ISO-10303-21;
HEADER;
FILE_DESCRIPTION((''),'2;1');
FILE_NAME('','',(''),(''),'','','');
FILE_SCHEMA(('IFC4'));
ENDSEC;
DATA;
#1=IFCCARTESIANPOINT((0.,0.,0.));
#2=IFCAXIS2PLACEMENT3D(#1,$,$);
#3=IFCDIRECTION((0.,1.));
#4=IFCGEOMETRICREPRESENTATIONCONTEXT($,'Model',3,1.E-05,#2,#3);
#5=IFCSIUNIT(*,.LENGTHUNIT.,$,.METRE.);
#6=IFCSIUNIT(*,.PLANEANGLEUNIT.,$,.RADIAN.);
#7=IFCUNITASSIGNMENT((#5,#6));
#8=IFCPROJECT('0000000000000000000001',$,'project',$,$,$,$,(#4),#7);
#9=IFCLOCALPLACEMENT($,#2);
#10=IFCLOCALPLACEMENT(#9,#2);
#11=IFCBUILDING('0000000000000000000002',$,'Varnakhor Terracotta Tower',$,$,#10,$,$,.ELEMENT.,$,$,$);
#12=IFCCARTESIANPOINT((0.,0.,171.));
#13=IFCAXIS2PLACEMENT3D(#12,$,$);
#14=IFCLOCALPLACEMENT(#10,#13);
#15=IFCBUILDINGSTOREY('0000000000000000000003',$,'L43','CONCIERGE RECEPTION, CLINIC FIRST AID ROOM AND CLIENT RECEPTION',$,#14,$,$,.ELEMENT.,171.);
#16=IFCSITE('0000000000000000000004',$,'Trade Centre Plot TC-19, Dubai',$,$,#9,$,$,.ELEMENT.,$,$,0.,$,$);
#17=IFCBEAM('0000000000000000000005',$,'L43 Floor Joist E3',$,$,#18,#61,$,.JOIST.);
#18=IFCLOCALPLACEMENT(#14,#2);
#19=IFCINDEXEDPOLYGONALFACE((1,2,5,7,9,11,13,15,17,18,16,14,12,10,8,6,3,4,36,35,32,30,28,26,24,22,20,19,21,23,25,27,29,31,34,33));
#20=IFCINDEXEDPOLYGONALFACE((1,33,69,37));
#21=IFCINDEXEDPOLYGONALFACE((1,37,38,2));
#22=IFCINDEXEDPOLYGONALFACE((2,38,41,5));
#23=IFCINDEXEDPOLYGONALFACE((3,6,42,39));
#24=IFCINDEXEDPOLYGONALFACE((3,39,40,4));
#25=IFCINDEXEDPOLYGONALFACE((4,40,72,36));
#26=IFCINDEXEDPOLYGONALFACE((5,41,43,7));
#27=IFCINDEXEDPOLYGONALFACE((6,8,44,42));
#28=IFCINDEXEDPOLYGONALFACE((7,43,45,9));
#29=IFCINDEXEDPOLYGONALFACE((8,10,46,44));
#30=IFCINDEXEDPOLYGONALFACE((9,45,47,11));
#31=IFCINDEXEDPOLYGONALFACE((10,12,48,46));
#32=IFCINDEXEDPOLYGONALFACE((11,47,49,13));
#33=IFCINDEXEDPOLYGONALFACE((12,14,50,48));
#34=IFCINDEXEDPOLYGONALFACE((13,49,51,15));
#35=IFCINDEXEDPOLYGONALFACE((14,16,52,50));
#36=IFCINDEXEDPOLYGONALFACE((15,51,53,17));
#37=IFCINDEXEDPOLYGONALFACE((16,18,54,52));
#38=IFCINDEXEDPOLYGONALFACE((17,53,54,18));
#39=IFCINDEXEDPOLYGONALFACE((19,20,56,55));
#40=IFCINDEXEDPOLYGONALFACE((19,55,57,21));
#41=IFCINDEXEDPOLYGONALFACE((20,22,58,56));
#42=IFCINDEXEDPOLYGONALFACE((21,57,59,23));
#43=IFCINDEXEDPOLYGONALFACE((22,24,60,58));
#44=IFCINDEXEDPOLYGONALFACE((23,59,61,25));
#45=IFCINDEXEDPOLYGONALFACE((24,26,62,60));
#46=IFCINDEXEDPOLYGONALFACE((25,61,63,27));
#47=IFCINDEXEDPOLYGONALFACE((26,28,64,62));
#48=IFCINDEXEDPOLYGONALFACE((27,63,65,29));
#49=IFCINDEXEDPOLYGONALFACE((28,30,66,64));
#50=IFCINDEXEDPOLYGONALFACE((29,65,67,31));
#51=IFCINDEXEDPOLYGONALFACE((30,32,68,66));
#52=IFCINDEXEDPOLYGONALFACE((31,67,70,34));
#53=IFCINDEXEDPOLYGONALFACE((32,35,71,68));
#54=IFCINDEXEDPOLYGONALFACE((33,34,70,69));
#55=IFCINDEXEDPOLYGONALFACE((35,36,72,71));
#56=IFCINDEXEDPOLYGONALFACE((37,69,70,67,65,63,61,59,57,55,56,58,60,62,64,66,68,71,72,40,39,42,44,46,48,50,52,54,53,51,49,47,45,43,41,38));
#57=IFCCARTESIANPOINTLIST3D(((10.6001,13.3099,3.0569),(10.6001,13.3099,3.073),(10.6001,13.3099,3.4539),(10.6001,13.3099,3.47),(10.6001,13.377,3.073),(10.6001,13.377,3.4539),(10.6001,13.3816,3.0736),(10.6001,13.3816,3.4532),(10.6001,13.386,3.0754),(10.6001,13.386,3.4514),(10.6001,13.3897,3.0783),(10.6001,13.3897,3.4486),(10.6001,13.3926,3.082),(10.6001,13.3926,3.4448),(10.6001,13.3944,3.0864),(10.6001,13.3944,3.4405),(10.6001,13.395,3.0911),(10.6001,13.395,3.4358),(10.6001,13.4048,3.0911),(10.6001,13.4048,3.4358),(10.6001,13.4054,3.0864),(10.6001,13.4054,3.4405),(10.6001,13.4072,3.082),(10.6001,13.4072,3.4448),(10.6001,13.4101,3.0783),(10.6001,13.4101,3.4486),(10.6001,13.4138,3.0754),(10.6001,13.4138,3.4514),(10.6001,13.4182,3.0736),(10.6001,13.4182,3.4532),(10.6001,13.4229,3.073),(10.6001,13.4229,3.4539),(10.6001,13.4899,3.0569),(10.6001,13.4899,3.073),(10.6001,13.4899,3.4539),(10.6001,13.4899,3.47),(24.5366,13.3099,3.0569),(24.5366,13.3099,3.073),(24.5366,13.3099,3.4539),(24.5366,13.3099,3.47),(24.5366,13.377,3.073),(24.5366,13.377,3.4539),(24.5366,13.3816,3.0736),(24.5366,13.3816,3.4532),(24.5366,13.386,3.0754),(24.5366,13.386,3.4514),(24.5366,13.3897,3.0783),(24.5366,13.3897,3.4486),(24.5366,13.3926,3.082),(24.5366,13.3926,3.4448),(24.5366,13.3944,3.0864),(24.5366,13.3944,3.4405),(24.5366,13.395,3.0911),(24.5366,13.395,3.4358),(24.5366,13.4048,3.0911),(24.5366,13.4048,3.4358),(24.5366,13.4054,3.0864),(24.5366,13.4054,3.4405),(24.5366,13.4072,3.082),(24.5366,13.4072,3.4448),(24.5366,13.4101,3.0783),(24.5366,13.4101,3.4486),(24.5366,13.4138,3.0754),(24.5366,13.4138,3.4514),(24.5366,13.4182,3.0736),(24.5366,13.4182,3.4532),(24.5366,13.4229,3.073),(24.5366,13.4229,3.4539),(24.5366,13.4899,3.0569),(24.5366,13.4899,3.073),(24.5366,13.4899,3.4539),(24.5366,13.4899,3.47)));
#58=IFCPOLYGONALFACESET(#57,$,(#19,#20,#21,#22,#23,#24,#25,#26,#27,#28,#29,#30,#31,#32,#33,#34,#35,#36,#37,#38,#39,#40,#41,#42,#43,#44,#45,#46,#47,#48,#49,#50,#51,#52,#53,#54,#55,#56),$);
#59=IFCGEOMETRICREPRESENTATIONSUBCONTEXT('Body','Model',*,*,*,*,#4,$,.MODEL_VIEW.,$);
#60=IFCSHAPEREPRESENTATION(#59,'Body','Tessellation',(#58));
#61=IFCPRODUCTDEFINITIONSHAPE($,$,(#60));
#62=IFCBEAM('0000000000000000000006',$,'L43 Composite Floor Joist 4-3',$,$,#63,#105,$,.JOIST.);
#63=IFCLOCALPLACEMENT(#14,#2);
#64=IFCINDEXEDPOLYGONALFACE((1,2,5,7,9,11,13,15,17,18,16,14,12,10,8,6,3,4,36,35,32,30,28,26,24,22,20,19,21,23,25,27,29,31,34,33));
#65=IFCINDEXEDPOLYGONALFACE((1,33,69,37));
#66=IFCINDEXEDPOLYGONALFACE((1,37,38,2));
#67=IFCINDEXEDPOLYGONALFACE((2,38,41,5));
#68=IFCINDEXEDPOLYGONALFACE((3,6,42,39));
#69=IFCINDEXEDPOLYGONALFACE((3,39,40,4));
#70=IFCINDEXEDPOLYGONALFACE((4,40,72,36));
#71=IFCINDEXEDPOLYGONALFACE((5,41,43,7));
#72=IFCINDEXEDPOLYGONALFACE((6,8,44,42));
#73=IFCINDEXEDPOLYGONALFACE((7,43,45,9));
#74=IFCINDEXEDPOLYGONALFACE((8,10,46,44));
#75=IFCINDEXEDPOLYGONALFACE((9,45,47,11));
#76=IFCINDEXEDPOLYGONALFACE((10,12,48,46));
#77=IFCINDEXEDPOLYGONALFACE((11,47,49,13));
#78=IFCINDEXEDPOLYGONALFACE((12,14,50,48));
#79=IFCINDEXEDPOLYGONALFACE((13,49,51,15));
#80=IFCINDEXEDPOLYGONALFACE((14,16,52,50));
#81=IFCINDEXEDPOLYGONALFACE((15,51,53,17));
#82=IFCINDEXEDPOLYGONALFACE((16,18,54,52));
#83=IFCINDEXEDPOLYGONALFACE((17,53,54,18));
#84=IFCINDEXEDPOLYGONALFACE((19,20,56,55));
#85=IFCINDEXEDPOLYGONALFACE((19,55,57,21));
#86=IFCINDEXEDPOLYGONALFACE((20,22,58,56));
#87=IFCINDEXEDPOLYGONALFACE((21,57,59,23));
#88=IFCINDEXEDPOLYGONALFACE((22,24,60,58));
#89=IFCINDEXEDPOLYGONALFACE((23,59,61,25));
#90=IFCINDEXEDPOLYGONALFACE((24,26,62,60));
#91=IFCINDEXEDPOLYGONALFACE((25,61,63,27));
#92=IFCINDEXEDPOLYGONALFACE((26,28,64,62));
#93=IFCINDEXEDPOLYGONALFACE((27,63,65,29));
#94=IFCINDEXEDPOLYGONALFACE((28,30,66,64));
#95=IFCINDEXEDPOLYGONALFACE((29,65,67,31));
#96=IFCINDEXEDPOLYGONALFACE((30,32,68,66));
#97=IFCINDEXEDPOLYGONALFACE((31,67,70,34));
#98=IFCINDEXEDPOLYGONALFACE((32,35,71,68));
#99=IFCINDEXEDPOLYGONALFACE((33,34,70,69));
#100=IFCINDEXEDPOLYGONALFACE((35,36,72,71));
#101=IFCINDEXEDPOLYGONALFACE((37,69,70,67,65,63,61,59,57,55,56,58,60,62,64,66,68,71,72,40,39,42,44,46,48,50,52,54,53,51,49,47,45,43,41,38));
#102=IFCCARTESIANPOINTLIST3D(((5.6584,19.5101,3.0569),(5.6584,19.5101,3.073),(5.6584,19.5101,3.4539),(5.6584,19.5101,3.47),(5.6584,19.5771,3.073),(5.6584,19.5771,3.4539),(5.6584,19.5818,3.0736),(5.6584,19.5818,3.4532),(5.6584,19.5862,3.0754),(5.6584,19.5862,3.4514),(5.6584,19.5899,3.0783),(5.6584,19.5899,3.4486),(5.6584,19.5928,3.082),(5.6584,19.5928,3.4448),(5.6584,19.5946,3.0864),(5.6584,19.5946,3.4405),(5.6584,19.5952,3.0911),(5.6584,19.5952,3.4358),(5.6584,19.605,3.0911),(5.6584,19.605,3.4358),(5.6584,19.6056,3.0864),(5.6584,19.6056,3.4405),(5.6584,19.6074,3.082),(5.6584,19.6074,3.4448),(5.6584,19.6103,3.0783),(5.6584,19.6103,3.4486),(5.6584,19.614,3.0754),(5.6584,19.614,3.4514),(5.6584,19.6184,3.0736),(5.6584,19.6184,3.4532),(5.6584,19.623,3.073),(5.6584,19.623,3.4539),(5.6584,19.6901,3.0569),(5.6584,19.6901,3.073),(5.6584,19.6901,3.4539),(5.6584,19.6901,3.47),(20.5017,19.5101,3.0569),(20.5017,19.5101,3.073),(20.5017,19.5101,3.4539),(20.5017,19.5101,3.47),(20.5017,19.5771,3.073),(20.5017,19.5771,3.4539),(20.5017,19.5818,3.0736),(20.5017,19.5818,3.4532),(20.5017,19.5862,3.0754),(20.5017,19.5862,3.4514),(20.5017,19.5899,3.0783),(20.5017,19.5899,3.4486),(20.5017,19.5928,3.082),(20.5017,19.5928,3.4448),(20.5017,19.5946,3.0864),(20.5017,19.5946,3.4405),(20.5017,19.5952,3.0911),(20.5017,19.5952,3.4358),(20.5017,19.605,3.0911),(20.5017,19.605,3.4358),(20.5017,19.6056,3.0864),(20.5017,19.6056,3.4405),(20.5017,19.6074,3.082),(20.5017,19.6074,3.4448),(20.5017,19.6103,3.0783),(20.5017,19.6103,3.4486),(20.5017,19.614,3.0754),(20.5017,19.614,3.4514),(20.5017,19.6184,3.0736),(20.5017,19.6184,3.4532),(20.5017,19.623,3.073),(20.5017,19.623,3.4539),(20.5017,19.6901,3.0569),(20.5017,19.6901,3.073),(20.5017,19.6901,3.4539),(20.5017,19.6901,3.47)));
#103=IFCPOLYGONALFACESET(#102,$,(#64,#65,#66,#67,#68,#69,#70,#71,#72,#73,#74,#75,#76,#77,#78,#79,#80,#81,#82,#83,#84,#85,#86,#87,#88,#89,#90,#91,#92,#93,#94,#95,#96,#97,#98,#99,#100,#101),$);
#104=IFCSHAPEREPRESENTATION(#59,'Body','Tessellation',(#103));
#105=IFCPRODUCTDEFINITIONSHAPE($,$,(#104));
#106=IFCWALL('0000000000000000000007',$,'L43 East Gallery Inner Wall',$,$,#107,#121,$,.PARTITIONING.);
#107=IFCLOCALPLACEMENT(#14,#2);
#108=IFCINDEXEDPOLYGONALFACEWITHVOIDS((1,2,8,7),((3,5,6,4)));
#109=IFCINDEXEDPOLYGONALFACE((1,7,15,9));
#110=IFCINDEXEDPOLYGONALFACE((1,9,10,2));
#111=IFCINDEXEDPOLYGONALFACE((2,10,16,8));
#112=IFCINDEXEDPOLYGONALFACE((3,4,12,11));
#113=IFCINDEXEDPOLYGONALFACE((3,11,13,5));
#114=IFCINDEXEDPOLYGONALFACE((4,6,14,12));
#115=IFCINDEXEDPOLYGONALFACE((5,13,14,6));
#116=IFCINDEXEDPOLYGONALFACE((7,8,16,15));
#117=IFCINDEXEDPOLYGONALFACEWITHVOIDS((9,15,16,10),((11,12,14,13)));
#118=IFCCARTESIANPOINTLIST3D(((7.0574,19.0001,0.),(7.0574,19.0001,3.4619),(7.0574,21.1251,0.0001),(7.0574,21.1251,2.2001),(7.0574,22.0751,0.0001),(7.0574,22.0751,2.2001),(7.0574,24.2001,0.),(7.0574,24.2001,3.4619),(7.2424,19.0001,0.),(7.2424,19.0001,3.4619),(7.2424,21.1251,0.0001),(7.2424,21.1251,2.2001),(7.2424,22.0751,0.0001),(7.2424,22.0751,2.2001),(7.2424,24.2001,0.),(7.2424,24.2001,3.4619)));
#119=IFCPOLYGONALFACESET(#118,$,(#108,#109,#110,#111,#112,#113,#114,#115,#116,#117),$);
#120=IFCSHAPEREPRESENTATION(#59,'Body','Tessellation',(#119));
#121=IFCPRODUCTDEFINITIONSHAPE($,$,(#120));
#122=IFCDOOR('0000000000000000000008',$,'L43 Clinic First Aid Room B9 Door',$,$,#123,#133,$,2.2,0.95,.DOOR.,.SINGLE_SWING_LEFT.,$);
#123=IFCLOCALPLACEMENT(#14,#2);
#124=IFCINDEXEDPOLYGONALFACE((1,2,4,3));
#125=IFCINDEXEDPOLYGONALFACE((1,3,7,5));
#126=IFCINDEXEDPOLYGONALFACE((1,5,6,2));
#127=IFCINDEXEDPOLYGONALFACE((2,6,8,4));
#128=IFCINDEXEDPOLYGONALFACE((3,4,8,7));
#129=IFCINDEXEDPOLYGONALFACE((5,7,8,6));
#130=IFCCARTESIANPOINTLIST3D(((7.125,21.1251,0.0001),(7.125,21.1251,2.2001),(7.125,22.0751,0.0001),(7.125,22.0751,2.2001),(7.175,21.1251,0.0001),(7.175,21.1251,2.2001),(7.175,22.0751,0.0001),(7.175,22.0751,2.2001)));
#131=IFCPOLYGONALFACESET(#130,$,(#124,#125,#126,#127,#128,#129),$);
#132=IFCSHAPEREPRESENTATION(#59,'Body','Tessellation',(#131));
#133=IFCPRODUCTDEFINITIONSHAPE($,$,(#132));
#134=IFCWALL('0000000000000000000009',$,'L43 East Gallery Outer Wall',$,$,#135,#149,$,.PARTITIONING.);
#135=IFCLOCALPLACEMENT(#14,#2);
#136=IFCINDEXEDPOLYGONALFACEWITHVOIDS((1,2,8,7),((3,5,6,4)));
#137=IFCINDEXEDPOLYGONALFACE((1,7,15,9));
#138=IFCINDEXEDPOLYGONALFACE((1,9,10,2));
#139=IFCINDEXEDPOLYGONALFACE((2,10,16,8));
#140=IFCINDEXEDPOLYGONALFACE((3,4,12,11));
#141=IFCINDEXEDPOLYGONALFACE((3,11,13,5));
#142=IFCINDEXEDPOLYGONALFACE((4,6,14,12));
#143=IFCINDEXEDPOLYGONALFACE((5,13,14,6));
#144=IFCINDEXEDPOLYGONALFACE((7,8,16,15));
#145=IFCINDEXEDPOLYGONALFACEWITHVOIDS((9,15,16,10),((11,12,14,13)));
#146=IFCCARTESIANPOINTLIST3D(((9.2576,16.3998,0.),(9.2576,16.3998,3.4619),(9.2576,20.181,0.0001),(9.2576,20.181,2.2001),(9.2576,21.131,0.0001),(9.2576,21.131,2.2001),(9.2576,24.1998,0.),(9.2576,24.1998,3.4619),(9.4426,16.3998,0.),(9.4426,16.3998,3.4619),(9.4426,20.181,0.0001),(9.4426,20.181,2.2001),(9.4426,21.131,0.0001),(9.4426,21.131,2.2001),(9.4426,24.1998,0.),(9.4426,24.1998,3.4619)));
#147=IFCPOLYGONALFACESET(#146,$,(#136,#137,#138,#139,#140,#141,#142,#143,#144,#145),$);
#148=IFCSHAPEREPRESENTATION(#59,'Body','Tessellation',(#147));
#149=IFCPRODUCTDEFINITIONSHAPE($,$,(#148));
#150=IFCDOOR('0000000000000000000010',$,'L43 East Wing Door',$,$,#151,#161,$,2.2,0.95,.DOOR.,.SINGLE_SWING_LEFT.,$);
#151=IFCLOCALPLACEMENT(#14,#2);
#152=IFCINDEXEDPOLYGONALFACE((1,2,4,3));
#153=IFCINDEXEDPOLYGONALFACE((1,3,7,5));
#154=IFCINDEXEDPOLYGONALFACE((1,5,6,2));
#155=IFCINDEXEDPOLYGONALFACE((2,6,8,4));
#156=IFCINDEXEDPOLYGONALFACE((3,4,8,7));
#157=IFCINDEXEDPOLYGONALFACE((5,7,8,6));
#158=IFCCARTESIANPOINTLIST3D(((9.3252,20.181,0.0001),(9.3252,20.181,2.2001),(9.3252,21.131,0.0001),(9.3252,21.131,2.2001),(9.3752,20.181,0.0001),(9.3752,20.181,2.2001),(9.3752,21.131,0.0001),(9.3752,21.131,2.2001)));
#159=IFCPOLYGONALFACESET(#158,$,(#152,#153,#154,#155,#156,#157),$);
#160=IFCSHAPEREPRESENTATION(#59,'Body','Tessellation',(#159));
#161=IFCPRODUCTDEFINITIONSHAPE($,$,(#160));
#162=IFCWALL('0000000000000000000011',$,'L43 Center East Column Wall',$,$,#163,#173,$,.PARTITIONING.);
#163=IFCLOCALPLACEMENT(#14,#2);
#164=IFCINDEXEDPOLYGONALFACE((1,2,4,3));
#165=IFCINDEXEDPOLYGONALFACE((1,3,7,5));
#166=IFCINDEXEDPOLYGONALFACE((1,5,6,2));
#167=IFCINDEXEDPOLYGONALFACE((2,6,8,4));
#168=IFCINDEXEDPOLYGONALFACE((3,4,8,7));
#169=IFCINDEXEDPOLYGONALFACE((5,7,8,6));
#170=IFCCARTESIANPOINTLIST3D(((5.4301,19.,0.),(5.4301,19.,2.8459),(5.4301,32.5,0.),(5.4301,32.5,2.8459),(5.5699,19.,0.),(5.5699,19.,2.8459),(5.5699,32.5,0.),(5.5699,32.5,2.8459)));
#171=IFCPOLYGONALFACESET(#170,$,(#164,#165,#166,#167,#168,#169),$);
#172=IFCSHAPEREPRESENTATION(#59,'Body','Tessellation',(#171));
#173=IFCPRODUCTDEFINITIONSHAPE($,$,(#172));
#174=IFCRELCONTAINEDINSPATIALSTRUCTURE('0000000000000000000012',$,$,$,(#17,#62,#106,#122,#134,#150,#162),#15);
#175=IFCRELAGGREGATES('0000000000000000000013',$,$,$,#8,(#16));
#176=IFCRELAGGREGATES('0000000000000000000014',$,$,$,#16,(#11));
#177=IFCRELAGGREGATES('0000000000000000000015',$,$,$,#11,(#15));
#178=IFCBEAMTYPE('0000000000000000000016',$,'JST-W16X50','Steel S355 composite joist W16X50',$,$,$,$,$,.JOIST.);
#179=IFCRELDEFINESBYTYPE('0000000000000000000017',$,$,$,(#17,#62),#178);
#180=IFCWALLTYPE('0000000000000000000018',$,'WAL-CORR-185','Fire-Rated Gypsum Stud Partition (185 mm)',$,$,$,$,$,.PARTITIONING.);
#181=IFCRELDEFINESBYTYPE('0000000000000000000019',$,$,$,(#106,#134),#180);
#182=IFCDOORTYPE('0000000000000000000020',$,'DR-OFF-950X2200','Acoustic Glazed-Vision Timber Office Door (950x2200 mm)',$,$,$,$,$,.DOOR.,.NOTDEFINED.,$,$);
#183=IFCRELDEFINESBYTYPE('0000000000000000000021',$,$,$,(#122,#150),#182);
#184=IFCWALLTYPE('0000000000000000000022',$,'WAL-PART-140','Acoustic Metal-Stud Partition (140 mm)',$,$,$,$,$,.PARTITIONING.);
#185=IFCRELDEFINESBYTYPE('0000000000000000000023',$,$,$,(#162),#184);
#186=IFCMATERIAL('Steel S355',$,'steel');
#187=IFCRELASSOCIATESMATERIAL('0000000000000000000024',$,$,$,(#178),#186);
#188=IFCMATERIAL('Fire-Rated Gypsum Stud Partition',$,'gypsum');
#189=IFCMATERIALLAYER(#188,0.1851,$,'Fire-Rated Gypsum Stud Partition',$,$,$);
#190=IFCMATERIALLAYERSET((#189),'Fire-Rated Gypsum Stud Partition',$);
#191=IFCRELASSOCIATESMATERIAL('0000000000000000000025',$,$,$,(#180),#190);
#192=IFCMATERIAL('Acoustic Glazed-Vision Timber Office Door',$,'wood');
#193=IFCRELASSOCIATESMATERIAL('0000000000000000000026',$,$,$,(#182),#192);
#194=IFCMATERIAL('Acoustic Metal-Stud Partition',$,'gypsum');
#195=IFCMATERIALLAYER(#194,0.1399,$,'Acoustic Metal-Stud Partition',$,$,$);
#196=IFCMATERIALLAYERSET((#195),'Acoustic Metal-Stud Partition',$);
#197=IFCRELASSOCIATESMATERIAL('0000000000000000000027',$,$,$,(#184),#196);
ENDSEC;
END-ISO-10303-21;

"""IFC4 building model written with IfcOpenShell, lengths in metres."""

from ifc_helpers import new_model, si_unit, direction, frame, frame_2d, origin, origin_2d, place, context, subcontext, project, spatial, rectangle, i_section, extrude, source, transform, mapped, material, layer, layer_set, material_profile, profile_set, type_object, type_shapes, element, fill, save


model = new_model("IFC4")

# Units and contexts
model_context = context("Model", 3, precision=1e-05, world=origin(), true_north=direction((0.0, 1.0)))
body_context = subcontext(model_context, "Body", "Model", "MODEL_VIEW")
ifc_project = project(units=[si_unit("LENGTHUNIT", "METRE"), si_unit("PLANEANGLEUNIT", "RADIAN")], contexts=[model_context])

# Site, building, storey
site_placement = place(None, origin())
site = spatial("IfcSite", under=ifc_project, at=site_placement, Name="Trade Centre Plot TC-19, Dubai", CompositionType="ELEMENT", RefElevation=0.0)
building_placement = place(site_placement, origin())
building = spatial("IfcBuilding", under=site, at=building_placement, Name="Varnakhor Terracotta Tower", CompositionType="ELEMENT")
storey_placement = place(building_placement, frame((0.0, 0.0, 171.0)))
storey = spatial("IfcBuildingStorey", under=building, at=storey_placement, Name="L43", Description="CONCIERGE RECEPTION, CLINIC FIRST AID ROOM AND CLIENT RECEPTION", CompositionType="ELEMENT", Elevation=171.0)

# Beams
ifc_material_1 = material(Name="Steel S355", Category="steel")
ifc_material_profile_1 = material_profile(ifc_material_1, i_section(OverallWidth=0.1799, OverallDepth=0.4131, WebThickness=0.0098, FlangeThickness=0.0161, FilletRadius=0.0181, at=origin_2d()), Name="W16X50")
ifc_profile_set_1 = profile_set([ifc_material_profile_1], Name="Steel S355")
beam_type_1 = type_object("IfcBeamType", Name="JST-W16X50", Description="Steel S355 composite joist W16X50", PredefinedType="JOIST", material=ifc_profile_set_1)
shared_shape_1 = source(origin(), body_context, "Body", "SweptSolid", [
    extrude(i_section(OverallWidth=0.1799, OverallDepth=0.4131, WebThickness=0.0098, FlangeThickness=0.0161, FilletRadius=0.0181, at=origin_2d()), origin(), (0.0, 0.0, 1.0), 13.9365),
])
beam_1_placement = place(storey_placement, frame((10.6001, 13.3999, 3.2634), z_axis=(1.0, 0.0, 0.0), x_axis=(0.0, 1.0, 0.0)))
element("IfcBeam", 1, at=beam_1_placement, inside=storey, type_object=beam_type_1, Name="L43 Floor Joist E3", PredefinedType="JOIST", context=body_context, shape_type="MappedRepresentation", body=[
    mapped(shared_shape_1, transform((0.0, 0.0, 0.0), scale=1.0)),
])
shared_shape_2 = source(origin(), body_context, "Body", "SweptSolid", [
    extrude(i_section(OverallWidth=0.1799, OverallDepth=0.4131, WebThickness=0.0098, FlangeThickness=0.0161, FilletRadius=0.0181, at=origin_2d()), origin(), (0.0, 0.0, 1.0), 14.8433),
])
beam_2_placement = place(storey_placement, frame((5.6584, 19.6001, 3.2634), z_axis=(1.0, 0.0, 0.0), x_axis=(0.0, 1.0, 0.0)))
element("IfcBeam", 2, at=beam_2_placement, inside=storey, type_object=beam_type_1, Name="L43 Composite Floor Joist 4-3", PredefinedType="JOIST", context=body_context, shape_type="MappedRepresentation", body=[
    mapped(shared_shape_2, transform((0.0, 0.0, 0.0), scale=1.0)),
])

# Walls, openings, doors
ifc_material_2 = material(Name="Fire-Rated Gypsum Stud Partition", Category="gypsum")
ifc_layer_1 = layer(ifc_material_2, 0.1851, Name="Fire-Rated Gypsum Stud Partition")
ifc_layer_set_1 = layer_set([ifc_layer_1], Name="Fire-Rated Gypsum Stud Partition")
wall_type_1 = type_object("IfcWallType", Name="WAL-CORR-185", Description="Fire-Rated Gypsum Stud Partition (185 mm)", PredefinedType="PARTITIONING", material=ifc_layer_set_1)
wall_1_placement = place(storey_placement, frame((7.1499, 19.0, 0.0), z_axis=(0.0, 0.0, 1.0), x_axis=(0.0, 1.0, 0.0)))
wall_1 = element("IfcWall", 3, at=wall_1_placement, inside=storey, type_object=wall_type_1, Name="L43 East Gallery Inner Wall", PredefinedType="PARTITIONING", context=body_context, shape_type="SweptSolid", body=[
    extrude(rectangle(XDim=5.2, YDim=0.1851, at=frame_2d((2.6001, 0.0))), origin(), (0.0, 0.0, 1.0), 3.4619),
])
opening_1_placement = place(wall_1_placement, frame((2.125, 0.0, 0.0)))
opening_1 = element("IfcOpeningElement", 4, at=opening_1_placement, cuts=wall_1, PredefinedType="OPENING", context=body_context, shape_type="SweptSolid", body=[
    extrude(rectangle(XDim=0.95, YDim=2.2, at=frame_2d((0.4751, 1.1001))), frame((0.0, 0.1025, 0.0), z_axis=(0.0, -1.0, 0.0), x_axis=(1.0, 0.0, 0.0)), (0.0, 0.0, 1.0), 0.2051),
])
ifc_material_3 = material(Name="Acoustic Glazed-Vision Timber Office Door", Category="wood")
door_type_1 = type_object("IfcDoorType", Name="DR-OFF-950X2200", Description="Acoustic Glazed-Vision Timber Office Door (950x2200 mm)", OperationType="NOTDEFINED", PredefinedType="DOOR", material=ifc_material_3)
shared_shape_3 = source(origin(), body_context, "Body", "SweptSolid", [
    extrude(rectangle(XDim=0.95, YDim=2.2, at=frame_2d((0.4751, 1.1001))), frame((0.0, 0.0249, 0.0), z_axis=(0.0, -1.0, 0.0), x_axis=(1.0, 0.0, 0.0)), (0.0, 0.0, 1.0), 0.05),
])
type_shapes(door_type_1, [shared_shape_3])
door_1_placement = place(opening_1_placement, origin())
door_1 = element("IfcDoor", 5, at=door_1_placement, inside=storey, type_object=door_type_1, Name="L43 Clinic First Aid Room B9 Door", OperationType="SINGLE_SWING_LEFT", OverallHeight=2.2, OverallWidth=0.95, PredefinedType="DOOR", context=body_context, shape_type="MappedRepresentation", body=[
    mapped(shared_shape_3, transform((0.0, 0.0, 0.0), scale=1.0)),
])
fill(opening_1, door_1)
wall_2_placement = place(storey_placement, frame((9.3501, 16.3999, 0.0), z_axis=(0.0, 0.0, 1.0), x_axis=(0.0, 1.0, 0.0)))
wall_2 = element("IfcWall", 6, at=wall_2_placement, inside=storey, type_object=wall_type_1, Name="L43 East Gallery Outer Wall", PredefinedType="PARTITIONING", context=body_context, shape_type="SweptSolid", body=[
    extrude(rectangle(XDim=7.8, YDim=0.1851, at=frame_2d((3.8999, 0.0))), origin(), (0.0, 0.0, 1.0), 3.4619),
])
opening_2_placement = place(wall_2_placement, frame((3.781, 0.0, 0.0)))
opening_2 = element("IfcOpeningElement", 7, at=opening_2_placement, cuts=wall_2, PredefinedType="OPENING", context=body_context, shape_type="SweptSolid", body=[
    extrude(rectangle(XDim=0.95, YDim=2.2, at=frame_2d((0.4751, 1.1001))), frame((0.0, 0.1025, 0.0), z_axis=(0.0, -1.0, 0.0), x_axis=(1.0, 0.0, 0.0)), (0.0, 0.0, 1.0), 0.2051),
])
door_2_placement = place(opening_2_placement, origin())
door_2 = element("IfcDoor", 8, at=door_2_placement, inside=storey, type_object=door_type_1, Name="L43 East Wing Door", OperationType="SINGLE_SWING_LEFT", OverallHeight=2.2, OverallWidth=0.95, PredefinedType="DOOR", context=body_context, shape_type="MappedRepresentation", body=[
    mapped(shared_shape_3, transform((0.0, 0.0, 0.0), scale=1.0)),
])
fill(opening_2, door_2)

# Wall
ifc_material_4 = material(Name="Acoustic Metal-Stud Partition", Category="gypsum")
ifc_layer_2 = layer(ifc_material_4, 0.1399, Name="Acoustic Metal-Stud Partition")
ifc_layer_set_2 = layer_set([ifc_layer_2], Name="Acoustic Metal-Stud Partition")
wall_type_2 = type_object("IfcWallType", Name="WAL-PART-140", Description="Acoustic Metal-Stud Partition (140 mm)", PredefinedType="PARTITIONING", material=ifc_layer_set_2)
wall_3_placement = place(storey_placement, frame((5.5, 19.0, 0.0), z_axis=(0.0, 0.0, 1.0), x_axis=(0.0, 1.0, 0.0)))
element("IfcWall", 9, at=wall_3_placement, inside=storey, type_object=wall_type_2, Name="L43 Center East Column Wall", PredefinedType="PARTITIONING", context=body_context, shape_type="SweptSolid", body=[
    extrude(rectangle(XDim=13.5, YDim=0.1399, at=frame_2d((6.75, 0.0))), origin(), (0.0, 0.0, 1.0), 2.8459),
])

save(model, "model.ifc")
